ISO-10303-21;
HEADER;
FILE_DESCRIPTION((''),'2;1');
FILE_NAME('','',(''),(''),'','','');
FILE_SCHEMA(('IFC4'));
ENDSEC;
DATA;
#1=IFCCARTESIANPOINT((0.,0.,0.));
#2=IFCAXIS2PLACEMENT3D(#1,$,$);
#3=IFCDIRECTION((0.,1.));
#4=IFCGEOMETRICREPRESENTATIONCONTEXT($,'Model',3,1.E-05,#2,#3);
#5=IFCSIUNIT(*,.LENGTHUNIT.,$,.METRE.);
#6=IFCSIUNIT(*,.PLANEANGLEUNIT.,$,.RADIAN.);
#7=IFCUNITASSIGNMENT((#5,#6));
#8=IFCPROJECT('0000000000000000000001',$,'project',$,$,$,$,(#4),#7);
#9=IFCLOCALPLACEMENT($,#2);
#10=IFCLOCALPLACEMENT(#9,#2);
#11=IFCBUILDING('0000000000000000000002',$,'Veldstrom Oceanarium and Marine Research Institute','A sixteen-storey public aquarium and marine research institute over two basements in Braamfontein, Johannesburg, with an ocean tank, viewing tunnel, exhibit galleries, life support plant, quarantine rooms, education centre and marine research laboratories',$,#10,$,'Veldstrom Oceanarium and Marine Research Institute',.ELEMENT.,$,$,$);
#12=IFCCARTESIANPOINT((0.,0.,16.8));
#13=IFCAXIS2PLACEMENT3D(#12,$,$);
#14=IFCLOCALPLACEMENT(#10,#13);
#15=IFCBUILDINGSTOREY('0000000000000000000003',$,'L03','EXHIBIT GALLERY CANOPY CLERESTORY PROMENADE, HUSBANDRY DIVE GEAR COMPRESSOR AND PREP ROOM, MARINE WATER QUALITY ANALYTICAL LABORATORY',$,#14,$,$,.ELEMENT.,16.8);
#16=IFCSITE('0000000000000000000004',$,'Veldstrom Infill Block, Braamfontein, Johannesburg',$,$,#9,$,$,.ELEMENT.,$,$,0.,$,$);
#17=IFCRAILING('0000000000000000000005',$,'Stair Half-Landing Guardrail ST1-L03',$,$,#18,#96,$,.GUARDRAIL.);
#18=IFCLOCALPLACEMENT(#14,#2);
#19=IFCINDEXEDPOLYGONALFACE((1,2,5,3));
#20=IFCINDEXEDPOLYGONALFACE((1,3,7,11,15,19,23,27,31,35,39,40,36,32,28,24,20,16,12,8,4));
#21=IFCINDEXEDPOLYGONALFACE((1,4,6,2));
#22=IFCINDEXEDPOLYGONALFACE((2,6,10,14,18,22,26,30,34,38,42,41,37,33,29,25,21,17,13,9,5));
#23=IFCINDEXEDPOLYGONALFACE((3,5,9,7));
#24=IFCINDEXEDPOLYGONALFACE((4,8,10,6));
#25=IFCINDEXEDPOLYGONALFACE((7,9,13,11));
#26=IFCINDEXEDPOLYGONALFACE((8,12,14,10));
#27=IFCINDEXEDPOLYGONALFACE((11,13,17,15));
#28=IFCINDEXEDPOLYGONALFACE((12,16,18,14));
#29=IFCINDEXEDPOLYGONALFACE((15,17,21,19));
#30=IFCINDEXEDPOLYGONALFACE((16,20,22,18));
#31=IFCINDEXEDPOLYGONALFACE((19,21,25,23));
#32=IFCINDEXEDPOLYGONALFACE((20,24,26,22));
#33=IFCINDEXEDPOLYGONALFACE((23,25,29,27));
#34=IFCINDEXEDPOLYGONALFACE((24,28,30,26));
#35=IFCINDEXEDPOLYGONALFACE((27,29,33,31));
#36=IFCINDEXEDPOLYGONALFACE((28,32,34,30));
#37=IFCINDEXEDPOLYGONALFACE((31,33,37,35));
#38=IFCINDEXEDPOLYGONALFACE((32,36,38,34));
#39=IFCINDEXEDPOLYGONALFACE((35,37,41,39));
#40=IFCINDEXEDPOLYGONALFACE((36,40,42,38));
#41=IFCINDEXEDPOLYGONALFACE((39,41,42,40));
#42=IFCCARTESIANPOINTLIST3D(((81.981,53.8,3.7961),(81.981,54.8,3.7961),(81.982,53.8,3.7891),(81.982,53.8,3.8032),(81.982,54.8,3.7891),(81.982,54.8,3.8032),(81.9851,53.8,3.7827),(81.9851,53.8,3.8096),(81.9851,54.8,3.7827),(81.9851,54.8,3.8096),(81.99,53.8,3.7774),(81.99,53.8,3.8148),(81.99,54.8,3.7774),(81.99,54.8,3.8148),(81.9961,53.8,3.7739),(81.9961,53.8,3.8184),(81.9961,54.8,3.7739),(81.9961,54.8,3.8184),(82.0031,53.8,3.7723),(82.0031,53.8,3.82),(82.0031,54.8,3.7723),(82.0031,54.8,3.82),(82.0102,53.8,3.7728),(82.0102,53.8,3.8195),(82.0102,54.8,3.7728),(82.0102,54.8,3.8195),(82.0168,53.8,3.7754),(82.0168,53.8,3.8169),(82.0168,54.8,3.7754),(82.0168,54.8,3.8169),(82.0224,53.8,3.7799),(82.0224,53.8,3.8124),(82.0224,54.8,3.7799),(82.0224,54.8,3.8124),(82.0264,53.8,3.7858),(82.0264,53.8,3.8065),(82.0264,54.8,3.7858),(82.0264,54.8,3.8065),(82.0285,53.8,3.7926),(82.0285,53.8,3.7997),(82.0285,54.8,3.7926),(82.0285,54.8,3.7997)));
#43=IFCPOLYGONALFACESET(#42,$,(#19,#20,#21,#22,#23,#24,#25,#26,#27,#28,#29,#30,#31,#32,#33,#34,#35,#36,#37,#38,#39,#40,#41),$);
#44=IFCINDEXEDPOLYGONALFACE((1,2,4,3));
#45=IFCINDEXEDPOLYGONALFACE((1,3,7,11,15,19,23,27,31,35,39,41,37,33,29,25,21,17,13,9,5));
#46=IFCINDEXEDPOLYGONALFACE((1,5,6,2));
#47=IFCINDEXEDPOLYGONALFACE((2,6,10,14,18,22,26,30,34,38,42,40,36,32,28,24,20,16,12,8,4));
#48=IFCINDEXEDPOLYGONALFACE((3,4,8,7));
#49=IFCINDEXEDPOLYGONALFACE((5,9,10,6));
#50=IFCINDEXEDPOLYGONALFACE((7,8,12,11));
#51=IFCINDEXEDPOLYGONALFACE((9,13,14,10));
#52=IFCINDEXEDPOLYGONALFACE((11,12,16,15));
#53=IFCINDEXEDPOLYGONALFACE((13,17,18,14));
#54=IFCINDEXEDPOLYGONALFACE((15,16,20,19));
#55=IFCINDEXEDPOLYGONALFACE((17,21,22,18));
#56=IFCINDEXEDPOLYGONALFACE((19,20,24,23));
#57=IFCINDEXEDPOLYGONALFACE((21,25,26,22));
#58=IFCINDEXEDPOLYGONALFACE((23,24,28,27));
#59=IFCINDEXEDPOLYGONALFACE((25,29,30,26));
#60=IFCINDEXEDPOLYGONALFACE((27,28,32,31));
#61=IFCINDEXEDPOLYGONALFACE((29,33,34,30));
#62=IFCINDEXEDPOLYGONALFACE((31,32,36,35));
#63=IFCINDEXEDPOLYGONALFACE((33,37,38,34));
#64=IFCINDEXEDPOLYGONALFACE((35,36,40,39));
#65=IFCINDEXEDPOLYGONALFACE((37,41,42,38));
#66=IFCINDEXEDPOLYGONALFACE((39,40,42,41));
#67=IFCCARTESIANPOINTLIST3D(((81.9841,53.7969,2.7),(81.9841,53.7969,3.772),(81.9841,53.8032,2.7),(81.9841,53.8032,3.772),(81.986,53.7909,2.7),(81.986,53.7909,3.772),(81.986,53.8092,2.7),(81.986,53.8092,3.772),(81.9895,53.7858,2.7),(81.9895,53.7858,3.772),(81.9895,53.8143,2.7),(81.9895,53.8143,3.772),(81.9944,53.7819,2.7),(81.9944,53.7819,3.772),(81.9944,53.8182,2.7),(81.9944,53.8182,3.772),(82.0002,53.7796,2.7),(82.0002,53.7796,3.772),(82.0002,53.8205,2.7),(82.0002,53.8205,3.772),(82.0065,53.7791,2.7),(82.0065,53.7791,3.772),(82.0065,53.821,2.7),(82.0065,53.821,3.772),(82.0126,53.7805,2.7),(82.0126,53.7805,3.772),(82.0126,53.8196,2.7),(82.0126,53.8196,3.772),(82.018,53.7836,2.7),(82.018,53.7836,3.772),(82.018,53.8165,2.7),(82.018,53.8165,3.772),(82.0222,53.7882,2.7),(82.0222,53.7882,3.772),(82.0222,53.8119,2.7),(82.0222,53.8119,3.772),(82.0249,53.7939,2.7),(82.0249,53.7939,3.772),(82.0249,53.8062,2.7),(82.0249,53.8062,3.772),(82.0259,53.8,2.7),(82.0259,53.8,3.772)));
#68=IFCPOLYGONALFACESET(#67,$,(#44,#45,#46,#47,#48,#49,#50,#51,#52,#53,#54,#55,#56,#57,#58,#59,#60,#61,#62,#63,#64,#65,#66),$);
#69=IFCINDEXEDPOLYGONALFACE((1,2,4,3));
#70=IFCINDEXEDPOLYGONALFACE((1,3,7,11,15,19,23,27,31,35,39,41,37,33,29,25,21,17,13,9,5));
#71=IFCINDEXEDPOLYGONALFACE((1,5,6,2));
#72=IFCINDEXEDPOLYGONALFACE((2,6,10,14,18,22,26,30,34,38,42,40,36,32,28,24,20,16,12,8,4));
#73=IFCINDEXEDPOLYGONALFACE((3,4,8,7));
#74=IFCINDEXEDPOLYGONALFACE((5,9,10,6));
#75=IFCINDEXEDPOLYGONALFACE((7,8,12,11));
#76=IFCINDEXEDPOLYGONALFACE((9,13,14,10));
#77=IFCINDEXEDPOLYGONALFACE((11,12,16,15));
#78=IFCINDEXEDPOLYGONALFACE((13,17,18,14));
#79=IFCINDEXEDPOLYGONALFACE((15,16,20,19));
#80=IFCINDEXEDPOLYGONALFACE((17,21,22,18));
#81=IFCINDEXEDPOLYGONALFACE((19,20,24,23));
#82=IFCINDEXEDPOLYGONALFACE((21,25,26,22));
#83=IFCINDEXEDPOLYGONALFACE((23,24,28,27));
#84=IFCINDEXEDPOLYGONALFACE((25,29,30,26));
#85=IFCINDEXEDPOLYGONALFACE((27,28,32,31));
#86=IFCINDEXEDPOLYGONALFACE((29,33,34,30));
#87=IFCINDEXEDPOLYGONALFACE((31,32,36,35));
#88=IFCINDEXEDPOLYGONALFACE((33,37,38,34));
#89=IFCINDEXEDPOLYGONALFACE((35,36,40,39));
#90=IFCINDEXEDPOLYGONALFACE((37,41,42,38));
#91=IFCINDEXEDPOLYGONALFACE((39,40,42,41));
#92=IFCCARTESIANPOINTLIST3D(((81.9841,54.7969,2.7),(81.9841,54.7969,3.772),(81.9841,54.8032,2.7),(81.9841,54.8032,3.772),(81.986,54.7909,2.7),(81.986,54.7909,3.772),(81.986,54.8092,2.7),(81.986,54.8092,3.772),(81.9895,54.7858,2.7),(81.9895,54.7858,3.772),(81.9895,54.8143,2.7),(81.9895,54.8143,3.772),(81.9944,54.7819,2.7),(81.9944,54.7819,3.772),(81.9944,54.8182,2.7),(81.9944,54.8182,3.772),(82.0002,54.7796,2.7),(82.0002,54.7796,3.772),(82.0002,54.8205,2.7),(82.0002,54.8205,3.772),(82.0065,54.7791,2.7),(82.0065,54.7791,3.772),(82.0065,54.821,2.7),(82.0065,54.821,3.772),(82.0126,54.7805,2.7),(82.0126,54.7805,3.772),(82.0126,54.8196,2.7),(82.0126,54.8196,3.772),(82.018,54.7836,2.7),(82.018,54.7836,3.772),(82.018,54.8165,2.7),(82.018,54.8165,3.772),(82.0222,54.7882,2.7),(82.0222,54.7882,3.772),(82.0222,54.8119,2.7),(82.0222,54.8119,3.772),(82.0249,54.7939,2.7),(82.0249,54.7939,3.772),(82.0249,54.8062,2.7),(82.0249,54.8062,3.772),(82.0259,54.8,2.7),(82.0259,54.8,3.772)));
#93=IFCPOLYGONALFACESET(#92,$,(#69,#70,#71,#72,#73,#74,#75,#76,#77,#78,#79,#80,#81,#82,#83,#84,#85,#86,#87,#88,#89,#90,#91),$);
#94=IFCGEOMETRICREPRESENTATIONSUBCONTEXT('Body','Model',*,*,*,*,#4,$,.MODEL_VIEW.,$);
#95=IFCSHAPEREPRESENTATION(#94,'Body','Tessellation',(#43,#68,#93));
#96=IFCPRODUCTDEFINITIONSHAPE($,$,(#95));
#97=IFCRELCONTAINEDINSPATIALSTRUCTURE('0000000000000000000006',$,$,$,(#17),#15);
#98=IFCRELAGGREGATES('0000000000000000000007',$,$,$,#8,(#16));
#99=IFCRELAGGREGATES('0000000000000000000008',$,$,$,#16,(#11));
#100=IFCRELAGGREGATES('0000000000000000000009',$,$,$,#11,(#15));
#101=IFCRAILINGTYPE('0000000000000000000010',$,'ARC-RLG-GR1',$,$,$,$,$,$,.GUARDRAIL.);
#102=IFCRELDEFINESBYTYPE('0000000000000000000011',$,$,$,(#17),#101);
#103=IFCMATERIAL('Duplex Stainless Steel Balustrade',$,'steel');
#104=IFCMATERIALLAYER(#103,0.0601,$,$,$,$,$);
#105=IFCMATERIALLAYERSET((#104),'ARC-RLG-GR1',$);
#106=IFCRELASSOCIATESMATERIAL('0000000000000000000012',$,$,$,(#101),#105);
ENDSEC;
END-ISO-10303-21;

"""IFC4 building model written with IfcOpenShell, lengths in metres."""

from ifc_helpers import new_model, si_unit, direction, frame, origin, origin_2d, place, context, subcontext, project, spatial, circle, extrude, material, layer, layer_set, type_object, element, save


model = new_model("IFC4")

# Units and contexts
model_context = context("Model", 3, precision=1e-05, world=origin(), true_north=direction((0.0, 1.0)))
body_context = subcontext(model_context, "Body", "Model", "MODEL_VIEW")
ifc_project = project(units=[si_unit("LENGTHUNIT", "METRE"), si_unit("PLANEANGLEUNIT", "RADIAN")], contexts=[model_context])

# Site, building, storey
site_placement = place(None, origin())
site = spatial("IfcSite", under=ifc_project, at=site_placement, Name="Veldstrom Infill Block, Braamfontein, Johannesburg", CompositionType="ELEMENT", RefElevation=0.0)
building_placement = place(site_placement, origin())
building = spatial("IfcBuilding", under=site, at=building_placement, Name="Veldstrom Oceanarium and Marine Research Institute", Description="A sixteen-storey public aquarium and marine research institute over two basements in Braamfontein, Johannesburg, with an ocean tank, viewing tunnel, exhibit galleries, life support plant, quarantine rooms, education centre and marine research laboratories", LongName="Veldstrom Oceanarium and Marine Research Institute", CompositionType="ELEMENT")
storey_placement = place(building_placement, frame((0.0, 0.0, 16.8)))
storey = spatial("IfcBuildingStorey", under=building, at=storey_placement, Name="L03", Description="EXHIBIT GALLERY CANOPY CLERESTORY PROMENADE, HUSBANDRY DIVE GEAR COMPRESSOR AND PREP ROOM, MARINE WATER QUALITY ANALYTICAL LABORATORY", CompositionType="ELEMENT", Elevation=16.8)

# Railing
ifc_material_1 = material(Name="Duplex Stainless Steel Balustrade", Category="steel")
ifc_layer_1 = layer(ifc_material_1, 0.0601)
ifc_layer_set_1 = layer_set([ifc_layer_1], Name="ARC-RLG-GR1")
railing_type_1 = type_object("IfcRailingType", Name="ARC-RLG-GR1", PredefinedType="GUARDRAIL", material=ifc_layer_set_1)
railing_1_placement = place(storey_placement, frame((82.0049, 53.8, 2.7)))
element("IfcRailing", 1, at=railing_1_placement, inside=storey, type_object=railing_type_1, Name="Stair Half-Landing Guardrail ST1-L03", PredefinedType="GUARDRAIL", context=body_context, shape_type="SweptSolid", body=[
    extrude(circle(Radius=0.0239, at=origin_2d()), frame((0.0, 0.0, 1.0962), z_axis=(0.0, 1.0, 0.0), x_axis=(-1.0, 0.0, 0.0)), (0.0, 0.0, 1.0), 1.0),
    extrude(circle(Radius=0.021, at=origin_2d()), origin(), (0.0, 0.0, 1.0), 1.072),
    extrude(circle(Radius=0.021, at=origin_2d()), frame((0.0, 1.0, 0.0)), (0.0, 0.0, 1.0), 1.072),
])

save(model, "model.ifc")
